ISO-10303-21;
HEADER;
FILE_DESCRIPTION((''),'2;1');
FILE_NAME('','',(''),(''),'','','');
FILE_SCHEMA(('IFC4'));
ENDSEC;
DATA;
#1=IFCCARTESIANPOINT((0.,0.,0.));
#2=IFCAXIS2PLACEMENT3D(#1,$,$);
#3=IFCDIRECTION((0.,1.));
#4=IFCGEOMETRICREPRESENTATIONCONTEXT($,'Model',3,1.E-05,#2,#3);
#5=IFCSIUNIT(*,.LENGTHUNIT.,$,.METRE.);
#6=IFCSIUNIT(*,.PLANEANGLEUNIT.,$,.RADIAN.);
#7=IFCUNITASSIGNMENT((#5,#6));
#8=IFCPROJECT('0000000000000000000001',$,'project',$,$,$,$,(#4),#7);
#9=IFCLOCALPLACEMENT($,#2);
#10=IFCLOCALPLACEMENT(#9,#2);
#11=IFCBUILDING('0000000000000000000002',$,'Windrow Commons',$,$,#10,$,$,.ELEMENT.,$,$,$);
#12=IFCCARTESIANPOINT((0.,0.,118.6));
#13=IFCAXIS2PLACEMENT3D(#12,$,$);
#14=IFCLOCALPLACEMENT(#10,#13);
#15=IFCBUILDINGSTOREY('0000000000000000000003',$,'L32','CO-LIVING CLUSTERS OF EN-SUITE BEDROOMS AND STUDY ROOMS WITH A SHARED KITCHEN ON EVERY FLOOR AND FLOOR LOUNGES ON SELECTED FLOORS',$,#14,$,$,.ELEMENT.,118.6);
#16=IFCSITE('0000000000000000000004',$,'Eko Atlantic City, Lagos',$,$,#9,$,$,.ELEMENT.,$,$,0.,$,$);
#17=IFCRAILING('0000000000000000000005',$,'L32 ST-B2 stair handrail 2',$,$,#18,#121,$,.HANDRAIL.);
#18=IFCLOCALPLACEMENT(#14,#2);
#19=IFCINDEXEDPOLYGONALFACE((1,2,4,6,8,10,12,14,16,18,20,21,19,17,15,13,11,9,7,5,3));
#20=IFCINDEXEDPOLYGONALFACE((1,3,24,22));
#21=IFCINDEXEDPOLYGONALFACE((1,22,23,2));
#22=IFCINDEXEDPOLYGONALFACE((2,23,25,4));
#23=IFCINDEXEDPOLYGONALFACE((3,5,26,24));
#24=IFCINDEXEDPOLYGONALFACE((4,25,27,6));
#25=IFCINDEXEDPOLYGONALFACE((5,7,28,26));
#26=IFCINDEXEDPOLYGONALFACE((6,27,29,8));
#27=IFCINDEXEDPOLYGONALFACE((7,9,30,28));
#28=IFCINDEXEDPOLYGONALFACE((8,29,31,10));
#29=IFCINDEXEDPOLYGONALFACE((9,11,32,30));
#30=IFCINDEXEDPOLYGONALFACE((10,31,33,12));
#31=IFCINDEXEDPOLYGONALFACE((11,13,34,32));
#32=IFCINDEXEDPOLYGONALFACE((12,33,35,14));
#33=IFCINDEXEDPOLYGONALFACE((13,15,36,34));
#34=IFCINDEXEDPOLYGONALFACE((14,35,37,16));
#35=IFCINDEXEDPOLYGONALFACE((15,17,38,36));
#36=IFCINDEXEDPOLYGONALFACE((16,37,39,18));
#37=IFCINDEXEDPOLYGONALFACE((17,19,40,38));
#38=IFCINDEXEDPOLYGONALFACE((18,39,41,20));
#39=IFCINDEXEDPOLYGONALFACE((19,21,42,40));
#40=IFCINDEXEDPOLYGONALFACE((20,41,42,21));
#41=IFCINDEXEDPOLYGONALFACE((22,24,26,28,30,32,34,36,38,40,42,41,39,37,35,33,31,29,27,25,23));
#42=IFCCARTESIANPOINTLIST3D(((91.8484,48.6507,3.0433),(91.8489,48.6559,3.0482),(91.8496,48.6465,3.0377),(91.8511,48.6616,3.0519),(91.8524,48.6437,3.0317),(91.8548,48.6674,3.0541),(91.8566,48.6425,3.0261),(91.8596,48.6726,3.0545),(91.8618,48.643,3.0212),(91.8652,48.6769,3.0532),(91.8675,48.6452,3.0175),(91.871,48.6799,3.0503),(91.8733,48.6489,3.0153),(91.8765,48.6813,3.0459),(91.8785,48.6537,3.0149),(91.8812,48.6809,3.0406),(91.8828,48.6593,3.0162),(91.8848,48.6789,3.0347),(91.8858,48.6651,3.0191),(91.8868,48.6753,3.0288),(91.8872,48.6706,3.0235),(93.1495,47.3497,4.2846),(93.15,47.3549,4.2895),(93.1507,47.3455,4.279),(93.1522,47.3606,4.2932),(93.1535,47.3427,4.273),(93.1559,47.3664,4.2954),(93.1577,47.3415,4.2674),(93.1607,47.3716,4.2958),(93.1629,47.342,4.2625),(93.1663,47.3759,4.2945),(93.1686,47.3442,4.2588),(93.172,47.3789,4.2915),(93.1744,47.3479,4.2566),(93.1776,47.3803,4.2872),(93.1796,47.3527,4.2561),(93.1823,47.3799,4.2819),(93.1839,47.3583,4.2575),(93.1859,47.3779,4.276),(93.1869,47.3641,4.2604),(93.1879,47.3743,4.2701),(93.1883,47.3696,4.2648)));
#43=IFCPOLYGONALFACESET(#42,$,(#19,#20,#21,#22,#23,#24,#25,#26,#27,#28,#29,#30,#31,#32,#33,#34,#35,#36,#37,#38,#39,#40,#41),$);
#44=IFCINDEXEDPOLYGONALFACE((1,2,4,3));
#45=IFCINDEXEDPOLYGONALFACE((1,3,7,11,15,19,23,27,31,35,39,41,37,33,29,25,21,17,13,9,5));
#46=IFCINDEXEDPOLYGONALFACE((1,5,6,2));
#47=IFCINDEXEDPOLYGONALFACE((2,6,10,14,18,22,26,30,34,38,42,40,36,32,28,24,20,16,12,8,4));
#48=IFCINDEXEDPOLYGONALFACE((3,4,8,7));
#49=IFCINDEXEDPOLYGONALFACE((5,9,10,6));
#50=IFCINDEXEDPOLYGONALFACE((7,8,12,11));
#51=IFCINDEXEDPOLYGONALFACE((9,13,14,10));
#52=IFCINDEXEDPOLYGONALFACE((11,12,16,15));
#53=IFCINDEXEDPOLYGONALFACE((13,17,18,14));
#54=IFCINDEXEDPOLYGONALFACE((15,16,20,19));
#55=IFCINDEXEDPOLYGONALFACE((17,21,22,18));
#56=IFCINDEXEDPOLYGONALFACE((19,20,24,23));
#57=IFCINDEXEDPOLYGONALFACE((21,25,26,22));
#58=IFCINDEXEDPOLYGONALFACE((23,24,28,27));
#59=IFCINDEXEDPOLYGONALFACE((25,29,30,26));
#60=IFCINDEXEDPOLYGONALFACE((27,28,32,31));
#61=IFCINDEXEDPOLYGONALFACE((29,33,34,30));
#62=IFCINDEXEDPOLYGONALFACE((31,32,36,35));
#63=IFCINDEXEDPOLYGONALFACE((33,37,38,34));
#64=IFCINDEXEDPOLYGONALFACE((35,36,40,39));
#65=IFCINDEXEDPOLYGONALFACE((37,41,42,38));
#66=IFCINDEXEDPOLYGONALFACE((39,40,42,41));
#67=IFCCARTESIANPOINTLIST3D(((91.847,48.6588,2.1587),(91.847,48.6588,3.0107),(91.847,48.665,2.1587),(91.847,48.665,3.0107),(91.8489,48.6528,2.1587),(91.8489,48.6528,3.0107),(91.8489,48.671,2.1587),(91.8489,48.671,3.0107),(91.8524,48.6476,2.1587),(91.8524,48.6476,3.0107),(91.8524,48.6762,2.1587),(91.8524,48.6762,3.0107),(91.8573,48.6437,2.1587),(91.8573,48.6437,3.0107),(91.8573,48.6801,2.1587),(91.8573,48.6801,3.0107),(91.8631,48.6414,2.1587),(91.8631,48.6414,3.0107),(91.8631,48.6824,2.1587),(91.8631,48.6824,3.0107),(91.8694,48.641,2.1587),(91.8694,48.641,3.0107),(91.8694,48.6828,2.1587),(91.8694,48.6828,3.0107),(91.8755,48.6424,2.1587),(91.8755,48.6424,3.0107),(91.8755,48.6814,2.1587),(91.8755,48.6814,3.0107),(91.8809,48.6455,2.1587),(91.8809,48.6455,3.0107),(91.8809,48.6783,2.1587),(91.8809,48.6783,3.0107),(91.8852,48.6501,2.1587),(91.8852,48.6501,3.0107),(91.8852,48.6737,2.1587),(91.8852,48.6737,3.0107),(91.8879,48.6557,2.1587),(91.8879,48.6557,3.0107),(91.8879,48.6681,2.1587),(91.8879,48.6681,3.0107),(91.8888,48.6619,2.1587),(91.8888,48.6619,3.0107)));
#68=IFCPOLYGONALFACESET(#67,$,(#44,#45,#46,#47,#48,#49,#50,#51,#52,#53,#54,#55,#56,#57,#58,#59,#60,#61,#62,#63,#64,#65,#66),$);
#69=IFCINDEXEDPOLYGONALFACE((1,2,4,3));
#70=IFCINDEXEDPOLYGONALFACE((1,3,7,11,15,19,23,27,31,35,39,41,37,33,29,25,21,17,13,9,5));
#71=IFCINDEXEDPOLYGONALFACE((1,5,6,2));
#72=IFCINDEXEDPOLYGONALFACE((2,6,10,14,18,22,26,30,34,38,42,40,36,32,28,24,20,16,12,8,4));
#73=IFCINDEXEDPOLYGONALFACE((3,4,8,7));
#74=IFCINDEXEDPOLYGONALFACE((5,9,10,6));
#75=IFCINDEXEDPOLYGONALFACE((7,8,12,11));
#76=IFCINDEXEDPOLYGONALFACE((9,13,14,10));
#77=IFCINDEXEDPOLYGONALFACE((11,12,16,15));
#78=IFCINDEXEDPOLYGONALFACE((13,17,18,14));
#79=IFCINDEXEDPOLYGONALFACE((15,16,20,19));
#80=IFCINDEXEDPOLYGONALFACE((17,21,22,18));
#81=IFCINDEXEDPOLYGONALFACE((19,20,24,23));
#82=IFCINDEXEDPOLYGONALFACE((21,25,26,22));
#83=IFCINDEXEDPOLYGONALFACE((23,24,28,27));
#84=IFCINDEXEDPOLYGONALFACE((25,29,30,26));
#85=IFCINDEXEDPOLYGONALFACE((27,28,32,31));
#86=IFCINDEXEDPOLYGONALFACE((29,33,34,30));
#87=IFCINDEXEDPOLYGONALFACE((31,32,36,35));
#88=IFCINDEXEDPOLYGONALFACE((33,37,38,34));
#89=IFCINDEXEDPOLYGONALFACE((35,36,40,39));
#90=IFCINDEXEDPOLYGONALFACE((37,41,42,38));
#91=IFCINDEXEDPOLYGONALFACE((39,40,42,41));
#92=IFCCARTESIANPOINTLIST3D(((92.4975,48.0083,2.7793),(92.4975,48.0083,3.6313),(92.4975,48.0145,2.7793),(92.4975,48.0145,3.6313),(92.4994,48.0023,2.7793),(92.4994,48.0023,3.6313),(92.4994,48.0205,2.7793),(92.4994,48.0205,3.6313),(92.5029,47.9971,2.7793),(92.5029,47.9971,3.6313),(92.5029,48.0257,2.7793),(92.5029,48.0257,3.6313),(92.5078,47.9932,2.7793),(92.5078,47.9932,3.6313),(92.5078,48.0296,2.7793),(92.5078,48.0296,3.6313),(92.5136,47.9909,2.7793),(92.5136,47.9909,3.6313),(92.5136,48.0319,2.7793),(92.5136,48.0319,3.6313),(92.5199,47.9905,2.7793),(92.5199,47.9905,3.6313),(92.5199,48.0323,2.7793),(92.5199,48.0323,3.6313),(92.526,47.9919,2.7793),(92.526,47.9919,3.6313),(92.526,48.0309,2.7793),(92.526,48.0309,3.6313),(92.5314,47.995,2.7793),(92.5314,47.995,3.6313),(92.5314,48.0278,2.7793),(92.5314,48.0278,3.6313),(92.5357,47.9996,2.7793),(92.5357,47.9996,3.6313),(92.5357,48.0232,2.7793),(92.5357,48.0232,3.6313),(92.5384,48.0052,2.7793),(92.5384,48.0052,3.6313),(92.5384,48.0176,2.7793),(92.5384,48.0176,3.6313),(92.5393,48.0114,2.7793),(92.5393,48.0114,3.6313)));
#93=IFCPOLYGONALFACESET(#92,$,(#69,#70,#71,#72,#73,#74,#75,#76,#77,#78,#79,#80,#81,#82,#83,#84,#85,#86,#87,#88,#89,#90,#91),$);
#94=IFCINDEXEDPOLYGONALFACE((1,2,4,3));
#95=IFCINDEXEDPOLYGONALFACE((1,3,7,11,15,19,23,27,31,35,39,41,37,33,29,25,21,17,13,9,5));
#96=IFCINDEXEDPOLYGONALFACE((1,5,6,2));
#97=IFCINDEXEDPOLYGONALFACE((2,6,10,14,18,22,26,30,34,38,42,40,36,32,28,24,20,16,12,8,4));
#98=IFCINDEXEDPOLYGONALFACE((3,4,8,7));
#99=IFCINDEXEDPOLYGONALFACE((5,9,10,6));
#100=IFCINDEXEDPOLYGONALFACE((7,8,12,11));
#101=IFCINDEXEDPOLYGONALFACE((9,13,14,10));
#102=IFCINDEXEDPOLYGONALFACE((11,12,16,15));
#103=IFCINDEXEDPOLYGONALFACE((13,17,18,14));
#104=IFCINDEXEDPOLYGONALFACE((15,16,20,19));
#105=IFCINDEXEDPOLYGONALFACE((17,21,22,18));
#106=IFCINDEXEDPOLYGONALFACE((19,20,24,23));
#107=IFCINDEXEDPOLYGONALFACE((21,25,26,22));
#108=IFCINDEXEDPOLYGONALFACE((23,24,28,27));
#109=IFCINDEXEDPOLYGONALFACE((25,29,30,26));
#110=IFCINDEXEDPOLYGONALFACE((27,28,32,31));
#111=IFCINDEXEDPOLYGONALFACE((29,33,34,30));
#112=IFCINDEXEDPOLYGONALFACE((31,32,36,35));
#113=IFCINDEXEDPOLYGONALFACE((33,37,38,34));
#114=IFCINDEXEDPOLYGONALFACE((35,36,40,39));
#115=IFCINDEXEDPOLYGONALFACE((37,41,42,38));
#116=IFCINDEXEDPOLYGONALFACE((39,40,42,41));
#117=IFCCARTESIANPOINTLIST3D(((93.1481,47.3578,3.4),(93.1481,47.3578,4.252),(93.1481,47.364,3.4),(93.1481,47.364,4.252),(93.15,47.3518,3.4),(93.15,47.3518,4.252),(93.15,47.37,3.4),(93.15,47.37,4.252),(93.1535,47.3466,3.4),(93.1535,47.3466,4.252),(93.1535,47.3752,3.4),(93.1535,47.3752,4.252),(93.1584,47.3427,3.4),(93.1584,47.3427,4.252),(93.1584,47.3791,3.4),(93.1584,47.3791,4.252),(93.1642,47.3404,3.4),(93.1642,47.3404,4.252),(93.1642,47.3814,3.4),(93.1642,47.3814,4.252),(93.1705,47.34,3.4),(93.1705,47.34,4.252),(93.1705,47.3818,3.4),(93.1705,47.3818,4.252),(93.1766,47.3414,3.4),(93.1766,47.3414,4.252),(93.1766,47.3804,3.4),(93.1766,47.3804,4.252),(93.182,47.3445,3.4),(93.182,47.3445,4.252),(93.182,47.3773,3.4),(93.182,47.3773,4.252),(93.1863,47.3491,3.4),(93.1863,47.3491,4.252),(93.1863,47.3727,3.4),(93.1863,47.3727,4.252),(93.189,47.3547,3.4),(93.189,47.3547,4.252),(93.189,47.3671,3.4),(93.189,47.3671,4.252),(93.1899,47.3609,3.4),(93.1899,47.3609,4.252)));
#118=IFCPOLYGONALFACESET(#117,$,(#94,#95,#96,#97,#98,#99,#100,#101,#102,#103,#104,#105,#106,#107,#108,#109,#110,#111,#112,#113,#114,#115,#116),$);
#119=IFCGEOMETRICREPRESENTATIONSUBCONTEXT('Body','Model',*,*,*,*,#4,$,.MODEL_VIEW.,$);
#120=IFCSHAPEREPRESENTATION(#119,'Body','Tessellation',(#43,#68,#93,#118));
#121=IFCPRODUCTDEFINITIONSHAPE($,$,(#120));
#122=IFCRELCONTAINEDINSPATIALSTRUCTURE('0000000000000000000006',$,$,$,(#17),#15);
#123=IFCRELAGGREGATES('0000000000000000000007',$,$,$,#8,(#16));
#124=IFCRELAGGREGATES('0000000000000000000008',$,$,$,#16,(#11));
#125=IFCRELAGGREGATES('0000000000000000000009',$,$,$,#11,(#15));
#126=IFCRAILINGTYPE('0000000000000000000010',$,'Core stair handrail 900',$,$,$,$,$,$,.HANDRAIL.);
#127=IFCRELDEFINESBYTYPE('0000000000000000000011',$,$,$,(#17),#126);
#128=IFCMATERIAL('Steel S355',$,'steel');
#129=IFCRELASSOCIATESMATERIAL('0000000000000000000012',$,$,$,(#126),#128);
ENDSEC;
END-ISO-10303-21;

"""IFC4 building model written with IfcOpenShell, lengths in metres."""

from ifc_helpers import new_model, si_unit, direction, frame, origin, origin_2d, place, context, subcontext, project, spatial, circle, extrude, material, type_object, element, save


model = new_model("IFC4")

# Units and contexts
model_context = context("Model", 3, precision=1e-05, world=origin(), true_north=direction((0.0, 1.0)))
body_context = subcontext(model_context, "Body", "Model", "MODEL_VIEW")
ifc_project = project(units=[si_unit("LENGTHUNIT", "METRE"), si_unit("PLANEANGLEUNIT", "RADIAN")], contexts=[model_context])

# Site, building, storey
site_placement = place(None, origin())
site = spatial("IfcSite", under=ifc_project, at=site_placement, Name="Eko Atlantic City, Lagos", CompositionType="ELEMENT", RefElevation=0.0)
building_placement = place(site_placement, origin())
building = spatial("IfcBuilding", under=site, at=building_placement, Name="Windrow Commons", CompositionType="ELEMENT")
storey_placement = place(building_placement, frame((0.0, 0.0, 118.6)))
storey = spatial("IfcBuildingStorey", under=building, at=storey_placement, Name="L32", Description="CO-LIVING CLUSTERS OF EN-SUITE BEDROOMS AND STUDY ROOMS WITH A SHARED KITCHEN ON EVERY FLOOR AND FLOOR LOUNGES ON SELECTED FLOORS", CompositionType="ELEMENT", Elevation=118.6)

# Railing
ifc_material_1 = material(Name="Steel S355", Category="steel")
railing_type_1 = type_object("IfcRailingType", Name="Core stair handrail 900", PredefinedType="HANDRAIL", material=ifc_material_1)
railing_1_placement = place(storey_placement, frame((91.8678, 48.6619, 2.1587)))
element("IfcRailing", 1, at=railing_1_placement, inside=storey, type_object=railing_type_1, Name="L32 ST-B2 stair handrail 2", PredefinedType="HANDRAIL", context=body_context, shape_type="SweptSolid", body=[
    extrude(circle(Radius=0.024, at=origin_2d()), frame((0.0, 0.0, 0.876), z_axis=(0.586207, -0.586162, 0.559264), x_axis=(0.70708, 0.707134, 0.0)), (0.0, 0.0, 1.0), 2.2195),
    extrude(circle(Radius=0.021, at=origin_2d()), origin(), (0.0, 0.0, 1.0), 0.852),
    extrude(circle(Radius=0.021, at=origin_2d()), frame((0.6505, -0.6505, 0.6206)), (0.0, 0.0, 1.0), 0.852),
    extrude(circle(Radius=0.021, at=origin_2d()), frame((1.3011, -1.301, 1.2413)), (0.0, 0.0, 1.0), 0.852),
])

save(model, "model.ifc")
